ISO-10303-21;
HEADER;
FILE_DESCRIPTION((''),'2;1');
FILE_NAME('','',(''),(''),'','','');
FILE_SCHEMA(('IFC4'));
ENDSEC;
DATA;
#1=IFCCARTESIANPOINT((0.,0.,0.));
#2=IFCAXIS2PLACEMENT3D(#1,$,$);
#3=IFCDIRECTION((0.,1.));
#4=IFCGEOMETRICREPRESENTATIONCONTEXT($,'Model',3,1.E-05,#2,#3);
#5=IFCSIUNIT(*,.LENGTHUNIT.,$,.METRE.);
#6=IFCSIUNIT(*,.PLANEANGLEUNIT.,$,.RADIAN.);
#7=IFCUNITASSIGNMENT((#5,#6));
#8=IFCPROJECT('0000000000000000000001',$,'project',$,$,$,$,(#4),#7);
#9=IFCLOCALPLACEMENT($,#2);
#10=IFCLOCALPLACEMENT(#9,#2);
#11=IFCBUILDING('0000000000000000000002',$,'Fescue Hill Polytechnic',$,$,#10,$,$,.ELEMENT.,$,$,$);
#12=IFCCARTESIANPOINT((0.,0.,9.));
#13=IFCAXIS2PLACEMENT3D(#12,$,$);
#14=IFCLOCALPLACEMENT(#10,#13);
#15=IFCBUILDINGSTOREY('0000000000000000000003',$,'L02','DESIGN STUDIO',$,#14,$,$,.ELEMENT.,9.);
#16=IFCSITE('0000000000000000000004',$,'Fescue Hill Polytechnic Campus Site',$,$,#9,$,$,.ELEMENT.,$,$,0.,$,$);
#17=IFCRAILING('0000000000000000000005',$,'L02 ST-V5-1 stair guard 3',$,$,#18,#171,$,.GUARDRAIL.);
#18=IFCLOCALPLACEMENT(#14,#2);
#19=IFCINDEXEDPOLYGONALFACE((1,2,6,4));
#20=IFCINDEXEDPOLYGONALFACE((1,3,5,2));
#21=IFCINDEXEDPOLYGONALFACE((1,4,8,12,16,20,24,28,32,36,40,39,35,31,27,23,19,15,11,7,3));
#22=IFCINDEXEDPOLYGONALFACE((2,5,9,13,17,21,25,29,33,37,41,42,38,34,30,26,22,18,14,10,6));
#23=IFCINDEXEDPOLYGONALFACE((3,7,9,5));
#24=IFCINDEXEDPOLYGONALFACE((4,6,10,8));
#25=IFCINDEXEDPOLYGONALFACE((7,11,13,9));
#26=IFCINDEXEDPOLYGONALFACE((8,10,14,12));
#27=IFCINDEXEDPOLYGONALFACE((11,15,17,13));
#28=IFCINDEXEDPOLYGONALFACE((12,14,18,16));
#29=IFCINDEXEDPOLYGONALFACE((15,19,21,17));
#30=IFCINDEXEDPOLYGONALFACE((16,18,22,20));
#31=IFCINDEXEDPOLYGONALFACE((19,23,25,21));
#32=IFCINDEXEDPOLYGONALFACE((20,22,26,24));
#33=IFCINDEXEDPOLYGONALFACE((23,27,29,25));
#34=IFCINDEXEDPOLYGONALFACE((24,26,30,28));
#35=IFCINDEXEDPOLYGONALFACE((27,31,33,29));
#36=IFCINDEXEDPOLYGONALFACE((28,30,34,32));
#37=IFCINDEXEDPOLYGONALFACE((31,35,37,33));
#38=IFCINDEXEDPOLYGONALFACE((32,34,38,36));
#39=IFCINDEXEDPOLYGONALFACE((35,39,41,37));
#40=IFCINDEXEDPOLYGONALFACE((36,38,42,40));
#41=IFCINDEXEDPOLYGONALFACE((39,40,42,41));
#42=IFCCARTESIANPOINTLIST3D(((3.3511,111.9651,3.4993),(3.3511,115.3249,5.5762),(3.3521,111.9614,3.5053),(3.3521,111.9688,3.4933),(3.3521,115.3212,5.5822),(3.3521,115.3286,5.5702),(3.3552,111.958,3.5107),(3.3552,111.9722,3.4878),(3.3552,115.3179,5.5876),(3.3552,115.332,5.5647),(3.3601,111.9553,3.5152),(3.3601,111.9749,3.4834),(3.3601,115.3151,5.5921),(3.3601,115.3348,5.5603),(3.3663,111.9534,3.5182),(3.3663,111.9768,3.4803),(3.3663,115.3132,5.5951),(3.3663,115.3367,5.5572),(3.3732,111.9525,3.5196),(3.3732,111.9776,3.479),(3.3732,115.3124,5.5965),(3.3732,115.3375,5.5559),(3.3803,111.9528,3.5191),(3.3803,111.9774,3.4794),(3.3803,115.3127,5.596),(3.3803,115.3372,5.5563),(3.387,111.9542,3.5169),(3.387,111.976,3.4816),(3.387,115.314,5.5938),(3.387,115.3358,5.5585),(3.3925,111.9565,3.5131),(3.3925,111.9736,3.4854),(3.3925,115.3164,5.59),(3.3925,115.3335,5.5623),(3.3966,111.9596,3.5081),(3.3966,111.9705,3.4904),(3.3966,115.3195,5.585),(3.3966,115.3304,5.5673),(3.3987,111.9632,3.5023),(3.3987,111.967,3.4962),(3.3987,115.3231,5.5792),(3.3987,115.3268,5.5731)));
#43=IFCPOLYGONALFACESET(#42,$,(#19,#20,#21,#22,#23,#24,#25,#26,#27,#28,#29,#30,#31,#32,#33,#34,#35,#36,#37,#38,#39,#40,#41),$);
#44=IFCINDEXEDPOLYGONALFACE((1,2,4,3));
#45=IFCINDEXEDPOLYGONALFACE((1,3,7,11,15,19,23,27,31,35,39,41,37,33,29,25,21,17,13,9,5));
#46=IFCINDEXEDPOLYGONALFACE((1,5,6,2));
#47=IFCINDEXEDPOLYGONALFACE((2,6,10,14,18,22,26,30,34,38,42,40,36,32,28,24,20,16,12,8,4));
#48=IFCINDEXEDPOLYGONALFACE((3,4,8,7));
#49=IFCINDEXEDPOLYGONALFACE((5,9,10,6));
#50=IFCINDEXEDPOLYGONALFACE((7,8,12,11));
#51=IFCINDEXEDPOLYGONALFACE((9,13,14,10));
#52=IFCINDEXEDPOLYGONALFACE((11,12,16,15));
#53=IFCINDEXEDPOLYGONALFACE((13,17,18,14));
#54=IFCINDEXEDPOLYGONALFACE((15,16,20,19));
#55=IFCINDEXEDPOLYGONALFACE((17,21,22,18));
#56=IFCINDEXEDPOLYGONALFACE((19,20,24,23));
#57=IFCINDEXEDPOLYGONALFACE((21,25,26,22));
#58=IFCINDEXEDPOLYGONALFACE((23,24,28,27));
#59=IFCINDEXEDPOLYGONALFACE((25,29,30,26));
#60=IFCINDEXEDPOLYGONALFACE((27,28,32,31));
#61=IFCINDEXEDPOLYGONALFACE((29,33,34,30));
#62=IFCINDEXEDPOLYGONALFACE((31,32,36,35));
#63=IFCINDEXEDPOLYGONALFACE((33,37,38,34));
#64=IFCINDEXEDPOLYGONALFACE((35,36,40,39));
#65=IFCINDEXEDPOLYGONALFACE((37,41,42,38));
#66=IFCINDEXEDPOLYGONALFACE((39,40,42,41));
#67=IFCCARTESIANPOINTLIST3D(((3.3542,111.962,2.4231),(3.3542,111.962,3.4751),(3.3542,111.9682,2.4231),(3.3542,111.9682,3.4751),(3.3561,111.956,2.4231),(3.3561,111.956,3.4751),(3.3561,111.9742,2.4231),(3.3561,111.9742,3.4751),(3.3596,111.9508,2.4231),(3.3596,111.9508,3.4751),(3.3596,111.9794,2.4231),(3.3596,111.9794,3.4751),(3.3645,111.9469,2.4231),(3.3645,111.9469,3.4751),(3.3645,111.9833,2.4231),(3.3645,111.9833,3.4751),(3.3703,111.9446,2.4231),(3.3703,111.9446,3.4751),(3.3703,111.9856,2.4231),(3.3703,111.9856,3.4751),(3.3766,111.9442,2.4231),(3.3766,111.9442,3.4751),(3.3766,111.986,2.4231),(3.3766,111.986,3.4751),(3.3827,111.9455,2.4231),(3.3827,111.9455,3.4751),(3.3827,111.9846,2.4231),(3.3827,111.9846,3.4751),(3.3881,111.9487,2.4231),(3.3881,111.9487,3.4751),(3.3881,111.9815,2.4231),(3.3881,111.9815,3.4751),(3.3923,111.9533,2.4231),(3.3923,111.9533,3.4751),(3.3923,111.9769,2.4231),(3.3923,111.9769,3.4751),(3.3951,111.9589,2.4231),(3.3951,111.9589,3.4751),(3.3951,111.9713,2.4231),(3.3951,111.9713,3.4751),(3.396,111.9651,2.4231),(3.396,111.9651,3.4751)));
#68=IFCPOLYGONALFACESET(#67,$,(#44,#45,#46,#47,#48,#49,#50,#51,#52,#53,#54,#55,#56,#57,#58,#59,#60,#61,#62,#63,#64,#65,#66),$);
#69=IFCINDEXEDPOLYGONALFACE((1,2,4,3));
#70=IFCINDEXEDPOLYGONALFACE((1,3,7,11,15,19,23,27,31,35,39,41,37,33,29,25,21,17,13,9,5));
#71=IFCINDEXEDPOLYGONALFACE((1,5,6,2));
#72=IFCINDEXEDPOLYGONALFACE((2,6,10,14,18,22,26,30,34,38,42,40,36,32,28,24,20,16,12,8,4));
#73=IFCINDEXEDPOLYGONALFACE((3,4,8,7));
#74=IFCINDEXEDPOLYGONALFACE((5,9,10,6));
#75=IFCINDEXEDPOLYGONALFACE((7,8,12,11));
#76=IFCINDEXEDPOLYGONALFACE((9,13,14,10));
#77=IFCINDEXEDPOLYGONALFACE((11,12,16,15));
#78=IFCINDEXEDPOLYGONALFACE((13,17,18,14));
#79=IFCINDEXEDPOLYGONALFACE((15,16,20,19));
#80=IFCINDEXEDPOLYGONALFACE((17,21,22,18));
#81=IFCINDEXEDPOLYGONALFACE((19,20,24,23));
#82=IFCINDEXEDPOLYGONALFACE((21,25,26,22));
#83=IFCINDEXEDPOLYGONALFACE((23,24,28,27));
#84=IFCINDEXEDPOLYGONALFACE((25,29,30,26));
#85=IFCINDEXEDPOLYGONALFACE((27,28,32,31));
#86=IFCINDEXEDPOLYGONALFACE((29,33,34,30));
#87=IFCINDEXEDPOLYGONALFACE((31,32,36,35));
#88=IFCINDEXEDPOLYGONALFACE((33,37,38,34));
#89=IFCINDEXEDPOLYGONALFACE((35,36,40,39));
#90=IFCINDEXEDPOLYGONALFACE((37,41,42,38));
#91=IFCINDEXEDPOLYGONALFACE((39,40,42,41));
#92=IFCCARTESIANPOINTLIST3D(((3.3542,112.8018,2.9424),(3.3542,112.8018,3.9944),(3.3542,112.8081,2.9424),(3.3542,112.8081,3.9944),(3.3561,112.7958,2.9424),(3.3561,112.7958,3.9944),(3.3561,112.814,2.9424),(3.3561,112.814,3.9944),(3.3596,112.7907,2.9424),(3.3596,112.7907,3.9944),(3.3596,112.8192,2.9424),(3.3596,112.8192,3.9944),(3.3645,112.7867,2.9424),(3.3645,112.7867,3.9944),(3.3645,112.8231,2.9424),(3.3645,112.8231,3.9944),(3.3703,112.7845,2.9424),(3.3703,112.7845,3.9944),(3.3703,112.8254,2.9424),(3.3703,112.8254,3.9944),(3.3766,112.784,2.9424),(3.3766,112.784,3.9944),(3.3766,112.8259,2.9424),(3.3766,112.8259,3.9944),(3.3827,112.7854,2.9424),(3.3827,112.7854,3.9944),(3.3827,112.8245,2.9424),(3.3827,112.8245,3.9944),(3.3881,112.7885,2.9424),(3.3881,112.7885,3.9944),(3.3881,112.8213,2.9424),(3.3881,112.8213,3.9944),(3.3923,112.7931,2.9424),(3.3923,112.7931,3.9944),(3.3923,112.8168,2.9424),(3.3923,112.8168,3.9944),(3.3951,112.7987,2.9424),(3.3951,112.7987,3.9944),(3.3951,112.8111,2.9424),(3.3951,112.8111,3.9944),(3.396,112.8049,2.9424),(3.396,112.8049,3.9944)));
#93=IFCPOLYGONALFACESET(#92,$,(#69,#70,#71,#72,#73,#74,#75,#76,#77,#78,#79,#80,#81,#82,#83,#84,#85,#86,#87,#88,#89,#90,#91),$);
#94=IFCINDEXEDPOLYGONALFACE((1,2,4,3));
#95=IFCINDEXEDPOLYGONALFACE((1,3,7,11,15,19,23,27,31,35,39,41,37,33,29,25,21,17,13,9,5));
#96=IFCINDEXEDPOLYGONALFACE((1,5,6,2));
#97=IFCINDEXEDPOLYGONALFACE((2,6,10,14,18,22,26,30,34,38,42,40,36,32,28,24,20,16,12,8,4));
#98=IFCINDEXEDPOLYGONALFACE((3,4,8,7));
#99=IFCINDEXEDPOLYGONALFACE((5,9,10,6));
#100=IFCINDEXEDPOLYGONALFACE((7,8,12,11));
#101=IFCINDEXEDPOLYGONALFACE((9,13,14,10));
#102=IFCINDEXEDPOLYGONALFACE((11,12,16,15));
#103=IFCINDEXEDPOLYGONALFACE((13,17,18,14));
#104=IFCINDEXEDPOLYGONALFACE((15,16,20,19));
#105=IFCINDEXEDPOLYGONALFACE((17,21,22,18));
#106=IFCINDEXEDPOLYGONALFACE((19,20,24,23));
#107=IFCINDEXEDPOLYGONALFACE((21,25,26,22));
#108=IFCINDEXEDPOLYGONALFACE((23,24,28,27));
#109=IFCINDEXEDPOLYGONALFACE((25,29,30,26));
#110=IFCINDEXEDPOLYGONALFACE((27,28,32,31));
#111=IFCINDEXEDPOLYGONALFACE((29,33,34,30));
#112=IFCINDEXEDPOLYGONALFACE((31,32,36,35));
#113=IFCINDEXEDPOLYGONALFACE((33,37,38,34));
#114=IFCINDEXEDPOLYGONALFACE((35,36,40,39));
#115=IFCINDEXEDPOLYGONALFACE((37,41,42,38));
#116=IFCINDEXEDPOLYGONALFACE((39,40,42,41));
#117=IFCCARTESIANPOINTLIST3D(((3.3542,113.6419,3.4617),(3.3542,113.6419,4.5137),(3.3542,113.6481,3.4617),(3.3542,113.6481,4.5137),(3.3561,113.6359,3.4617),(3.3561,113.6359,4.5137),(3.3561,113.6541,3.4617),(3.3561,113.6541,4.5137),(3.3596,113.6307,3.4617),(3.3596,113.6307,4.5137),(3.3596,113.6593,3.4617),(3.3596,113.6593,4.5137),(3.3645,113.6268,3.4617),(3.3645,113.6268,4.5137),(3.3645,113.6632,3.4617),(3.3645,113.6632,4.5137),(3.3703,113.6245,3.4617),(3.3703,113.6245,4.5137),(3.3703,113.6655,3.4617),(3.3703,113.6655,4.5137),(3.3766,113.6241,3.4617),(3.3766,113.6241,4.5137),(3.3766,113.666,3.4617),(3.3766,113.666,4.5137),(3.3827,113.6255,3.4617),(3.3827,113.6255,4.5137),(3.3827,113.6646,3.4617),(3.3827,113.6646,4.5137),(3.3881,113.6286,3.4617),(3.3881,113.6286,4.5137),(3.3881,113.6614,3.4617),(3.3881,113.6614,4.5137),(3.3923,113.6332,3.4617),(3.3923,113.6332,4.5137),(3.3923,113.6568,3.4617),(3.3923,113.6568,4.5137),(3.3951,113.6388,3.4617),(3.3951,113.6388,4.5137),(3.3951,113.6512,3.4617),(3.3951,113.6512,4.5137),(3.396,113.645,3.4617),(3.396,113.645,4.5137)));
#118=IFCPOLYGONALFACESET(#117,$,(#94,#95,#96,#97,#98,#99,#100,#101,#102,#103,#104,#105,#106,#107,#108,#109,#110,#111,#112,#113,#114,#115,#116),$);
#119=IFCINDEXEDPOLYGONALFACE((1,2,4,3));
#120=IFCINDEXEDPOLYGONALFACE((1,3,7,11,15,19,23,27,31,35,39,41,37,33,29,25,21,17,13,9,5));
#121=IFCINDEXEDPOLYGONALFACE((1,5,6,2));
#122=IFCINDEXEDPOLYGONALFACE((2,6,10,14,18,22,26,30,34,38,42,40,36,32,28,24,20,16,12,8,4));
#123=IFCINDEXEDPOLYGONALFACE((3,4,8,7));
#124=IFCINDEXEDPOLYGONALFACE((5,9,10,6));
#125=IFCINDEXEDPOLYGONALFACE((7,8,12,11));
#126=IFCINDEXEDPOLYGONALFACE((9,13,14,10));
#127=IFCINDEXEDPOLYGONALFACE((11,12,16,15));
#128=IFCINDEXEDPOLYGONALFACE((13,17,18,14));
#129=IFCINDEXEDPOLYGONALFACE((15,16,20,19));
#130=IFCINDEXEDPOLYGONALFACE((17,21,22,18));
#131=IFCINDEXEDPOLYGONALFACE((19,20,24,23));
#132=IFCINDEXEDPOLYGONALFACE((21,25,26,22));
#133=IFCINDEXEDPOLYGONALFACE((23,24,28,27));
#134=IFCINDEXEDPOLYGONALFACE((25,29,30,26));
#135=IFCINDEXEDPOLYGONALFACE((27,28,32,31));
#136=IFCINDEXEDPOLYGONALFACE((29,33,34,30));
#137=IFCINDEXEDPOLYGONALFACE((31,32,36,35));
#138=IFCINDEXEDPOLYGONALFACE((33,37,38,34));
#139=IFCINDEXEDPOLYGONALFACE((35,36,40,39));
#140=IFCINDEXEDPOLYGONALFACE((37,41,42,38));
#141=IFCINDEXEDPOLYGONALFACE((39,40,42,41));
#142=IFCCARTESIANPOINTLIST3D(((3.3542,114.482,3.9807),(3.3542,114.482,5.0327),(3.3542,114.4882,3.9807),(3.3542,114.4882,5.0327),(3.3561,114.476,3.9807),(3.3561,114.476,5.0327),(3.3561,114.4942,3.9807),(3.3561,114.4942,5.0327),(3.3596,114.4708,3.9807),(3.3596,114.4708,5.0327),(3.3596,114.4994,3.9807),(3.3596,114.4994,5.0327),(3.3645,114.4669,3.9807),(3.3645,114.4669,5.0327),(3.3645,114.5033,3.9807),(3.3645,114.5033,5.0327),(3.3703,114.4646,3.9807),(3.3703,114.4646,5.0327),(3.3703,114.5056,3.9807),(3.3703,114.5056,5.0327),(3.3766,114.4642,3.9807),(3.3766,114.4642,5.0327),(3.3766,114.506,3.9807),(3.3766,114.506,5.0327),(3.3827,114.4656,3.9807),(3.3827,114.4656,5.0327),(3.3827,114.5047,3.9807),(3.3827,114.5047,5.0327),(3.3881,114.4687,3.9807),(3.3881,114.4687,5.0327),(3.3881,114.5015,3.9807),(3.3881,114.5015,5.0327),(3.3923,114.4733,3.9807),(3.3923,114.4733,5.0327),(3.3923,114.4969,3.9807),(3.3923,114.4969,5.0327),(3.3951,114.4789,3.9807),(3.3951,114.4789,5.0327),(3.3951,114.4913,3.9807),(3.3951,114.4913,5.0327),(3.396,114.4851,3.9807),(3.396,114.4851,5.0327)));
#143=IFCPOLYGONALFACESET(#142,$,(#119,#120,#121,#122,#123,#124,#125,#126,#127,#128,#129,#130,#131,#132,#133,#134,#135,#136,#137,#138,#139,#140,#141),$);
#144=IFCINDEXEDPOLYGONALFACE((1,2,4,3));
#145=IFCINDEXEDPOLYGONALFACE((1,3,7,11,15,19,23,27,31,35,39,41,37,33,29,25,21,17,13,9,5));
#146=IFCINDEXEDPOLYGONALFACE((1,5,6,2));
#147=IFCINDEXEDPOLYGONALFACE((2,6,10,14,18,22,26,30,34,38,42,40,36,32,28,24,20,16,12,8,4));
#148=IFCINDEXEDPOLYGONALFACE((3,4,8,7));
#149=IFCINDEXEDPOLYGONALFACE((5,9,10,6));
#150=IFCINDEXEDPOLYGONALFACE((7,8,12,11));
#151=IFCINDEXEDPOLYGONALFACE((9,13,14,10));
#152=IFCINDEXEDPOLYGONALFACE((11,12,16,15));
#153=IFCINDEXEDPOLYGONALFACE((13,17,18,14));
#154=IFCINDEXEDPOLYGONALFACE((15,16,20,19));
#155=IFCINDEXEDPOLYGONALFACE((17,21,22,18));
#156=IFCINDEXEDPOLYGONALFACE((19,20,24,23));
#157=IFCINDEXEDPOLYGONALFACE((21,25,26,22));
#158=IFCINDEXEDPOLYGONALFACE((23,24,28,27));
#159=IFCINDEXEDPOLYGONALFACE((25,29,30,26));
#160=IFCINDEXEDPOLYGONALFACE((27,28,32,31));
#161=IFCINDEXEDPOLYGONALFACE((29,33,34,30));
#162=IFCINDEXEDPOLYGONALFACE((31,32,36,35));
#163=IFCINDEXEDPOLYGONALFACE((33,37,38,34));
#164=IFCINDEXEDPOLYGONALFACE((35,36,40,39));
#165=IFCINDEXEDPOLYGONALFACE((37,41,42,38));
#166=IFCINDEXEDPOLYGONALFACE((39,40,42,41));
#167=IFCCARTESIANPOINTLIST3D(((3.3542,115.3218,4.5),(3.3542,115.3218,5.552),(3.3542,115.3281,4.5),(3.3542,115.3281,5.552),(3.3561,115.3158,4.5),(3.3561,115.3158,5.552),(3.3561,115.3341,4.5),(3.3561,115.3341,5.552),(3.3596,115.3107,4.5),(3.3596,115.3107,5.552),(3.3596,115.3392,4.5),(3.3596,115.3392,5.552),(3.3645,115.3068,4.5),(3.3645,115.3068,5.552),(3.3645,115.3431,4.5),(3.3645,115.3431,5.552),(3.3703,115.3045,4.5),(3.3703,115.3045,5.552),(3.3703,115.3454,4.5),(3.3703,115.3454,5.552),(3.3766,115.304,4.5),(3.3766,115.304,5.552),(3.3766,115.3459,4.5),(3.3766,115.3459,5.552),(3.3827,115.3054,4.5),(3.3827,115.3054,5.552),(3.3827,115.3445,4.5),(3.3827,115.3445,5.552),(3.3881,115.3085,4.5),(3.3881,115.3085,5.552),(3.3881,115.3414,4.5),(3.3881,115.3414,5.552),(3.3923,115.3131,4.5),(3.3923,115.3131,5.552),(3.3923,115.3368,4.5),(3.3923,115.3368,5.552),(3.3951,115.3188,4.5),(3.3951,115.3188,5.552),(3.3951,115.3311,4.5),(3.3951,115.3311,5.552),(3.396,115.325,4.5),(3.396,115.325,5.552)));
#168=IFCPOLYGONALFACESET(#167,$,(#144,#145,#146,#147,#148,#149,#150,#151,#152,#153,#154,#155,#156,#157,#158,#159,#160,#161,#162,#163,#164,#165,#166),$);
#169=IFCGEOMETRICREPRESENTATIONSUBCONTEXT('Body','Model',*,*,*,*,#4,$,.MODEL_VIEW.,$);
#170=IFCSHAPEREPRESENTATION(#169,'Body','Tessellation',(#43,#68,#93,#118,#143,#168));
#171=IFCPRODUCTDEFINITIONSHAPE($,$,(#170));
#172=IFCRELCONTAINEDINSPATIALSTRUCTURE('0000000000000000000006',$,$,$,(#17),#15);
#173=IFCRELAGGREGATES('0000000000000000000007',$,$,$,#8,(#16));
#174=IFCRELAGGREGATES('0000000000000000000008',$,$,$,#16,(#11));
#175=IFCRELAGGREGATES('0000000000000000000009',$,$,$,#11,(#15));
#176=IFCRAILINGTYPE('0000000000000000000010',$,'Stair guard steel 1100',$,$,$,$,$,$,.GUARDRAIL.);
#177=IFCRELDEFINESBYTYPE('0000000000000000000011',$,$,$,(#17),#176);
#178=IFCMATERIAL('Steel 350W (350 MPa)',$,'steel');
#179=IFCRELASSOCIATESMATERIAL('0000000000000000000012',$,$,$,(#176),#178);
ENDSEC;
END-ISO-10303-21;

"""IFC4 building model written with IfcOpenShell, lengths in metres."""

from ifc_helpers import new_model, si_unit, direction, frame, origin, origin_2d, place, context, subcontext, project, spatial, circle, extrude, material, type_object, element, save


model = new_model("IFC4")

# Units and contexts
model_context = context("Model", 3, precision=1e-05, world=origin(), true_north=direction((0.0, 1.0)))
body_context = subcontext(model_context, "Body", "Model", "MODEL_VIEW")
ifc_project = project(units=[si_unit("LENGTHUNIT", "METRE"), si_unit("PLANEANGLEUNIT", "RADIAN")], contexts=[model_context])

# Site, building, storey
site_placement = place(None, origin())
site = spatial("IfcSite", under=ifc_project, at=site_placement, Name="Fescue Hill Polytechnic Campus Site", CompositionType="ELEMENT", RefElevation=0.0)
building_placement = place(site_placement, origin())
building = spatial("IfcBuilding", under=site, at=building_placement, Name="Fescue Hill Polytechnic", CompositionType="ELEMENT")
storey_placement = place(building_placement, frame((0.0, 0.0, 9.0)))
storey = spatial("IfcBuildingStorey", under=building, at=storey_placement, Name="L02", Description="DESIGN STUDIO", CompositionType="ELEMENT", Elevation=9.0)

# Railing
ifc_material_1 = material(Name="Steel 350W (350 MPa)", Category="steel")
railing_type_1 = type_object("IfcRailingType", Name="Stair guard steel 1100", PredefinedType="GUARDRAIL", material=ifc_material_1)
railing_1_placement = place(storey_placement, frame((3.375, 111.9651, 2.4231)))
element("IfcRailing", 1, at=railing_1_placement, inside=storey, type_object=railing_type_1, Name="L02 ST-V5-1 stair guard 3", PredefinedType="GUARDRAIL", context=body_context, shape_type="SweptSolid", body=[
    extrude(circle(Radius=0.0239, at=origin_2d()), frame((0.0, 0.0, 1.0762), z_axis=(0.0, 0.850606, 0.525803), x_axis=(-1.0, 0.0, 0.0)), (0.0, 0.0, 1.0), 3.95),
    extrude(circle(Radius=0.021, at=origin_2d()), origin(), (0.0, 0.0, 1.0), 1.052),
    extrude(circle(Radius=0.021, at=origin_2d()), frame((0.0, 0.8398, 0.5193)), (0.0, 0.0, 1.0), 1.052),
    extrude(circle(Radius=0.021, at=origin_2d()), frame((0.0, 1.6799, 1.0386)), (0.0, 0.0, 1.0), 1.052),
    extrude(circle(Radius=0.021, at=origin_2d()), frame((0.0, 2.52, 1.5576)), (0.0, 0.0, 1.0), 1.052),
    extrude(circle(Radius=0.021, at=origin_2d()), frame((0.0, 3.3599, 2.0769)), (0.0, 0.0, 1.0), 1.052),
])

save(model, "model.ifc")
